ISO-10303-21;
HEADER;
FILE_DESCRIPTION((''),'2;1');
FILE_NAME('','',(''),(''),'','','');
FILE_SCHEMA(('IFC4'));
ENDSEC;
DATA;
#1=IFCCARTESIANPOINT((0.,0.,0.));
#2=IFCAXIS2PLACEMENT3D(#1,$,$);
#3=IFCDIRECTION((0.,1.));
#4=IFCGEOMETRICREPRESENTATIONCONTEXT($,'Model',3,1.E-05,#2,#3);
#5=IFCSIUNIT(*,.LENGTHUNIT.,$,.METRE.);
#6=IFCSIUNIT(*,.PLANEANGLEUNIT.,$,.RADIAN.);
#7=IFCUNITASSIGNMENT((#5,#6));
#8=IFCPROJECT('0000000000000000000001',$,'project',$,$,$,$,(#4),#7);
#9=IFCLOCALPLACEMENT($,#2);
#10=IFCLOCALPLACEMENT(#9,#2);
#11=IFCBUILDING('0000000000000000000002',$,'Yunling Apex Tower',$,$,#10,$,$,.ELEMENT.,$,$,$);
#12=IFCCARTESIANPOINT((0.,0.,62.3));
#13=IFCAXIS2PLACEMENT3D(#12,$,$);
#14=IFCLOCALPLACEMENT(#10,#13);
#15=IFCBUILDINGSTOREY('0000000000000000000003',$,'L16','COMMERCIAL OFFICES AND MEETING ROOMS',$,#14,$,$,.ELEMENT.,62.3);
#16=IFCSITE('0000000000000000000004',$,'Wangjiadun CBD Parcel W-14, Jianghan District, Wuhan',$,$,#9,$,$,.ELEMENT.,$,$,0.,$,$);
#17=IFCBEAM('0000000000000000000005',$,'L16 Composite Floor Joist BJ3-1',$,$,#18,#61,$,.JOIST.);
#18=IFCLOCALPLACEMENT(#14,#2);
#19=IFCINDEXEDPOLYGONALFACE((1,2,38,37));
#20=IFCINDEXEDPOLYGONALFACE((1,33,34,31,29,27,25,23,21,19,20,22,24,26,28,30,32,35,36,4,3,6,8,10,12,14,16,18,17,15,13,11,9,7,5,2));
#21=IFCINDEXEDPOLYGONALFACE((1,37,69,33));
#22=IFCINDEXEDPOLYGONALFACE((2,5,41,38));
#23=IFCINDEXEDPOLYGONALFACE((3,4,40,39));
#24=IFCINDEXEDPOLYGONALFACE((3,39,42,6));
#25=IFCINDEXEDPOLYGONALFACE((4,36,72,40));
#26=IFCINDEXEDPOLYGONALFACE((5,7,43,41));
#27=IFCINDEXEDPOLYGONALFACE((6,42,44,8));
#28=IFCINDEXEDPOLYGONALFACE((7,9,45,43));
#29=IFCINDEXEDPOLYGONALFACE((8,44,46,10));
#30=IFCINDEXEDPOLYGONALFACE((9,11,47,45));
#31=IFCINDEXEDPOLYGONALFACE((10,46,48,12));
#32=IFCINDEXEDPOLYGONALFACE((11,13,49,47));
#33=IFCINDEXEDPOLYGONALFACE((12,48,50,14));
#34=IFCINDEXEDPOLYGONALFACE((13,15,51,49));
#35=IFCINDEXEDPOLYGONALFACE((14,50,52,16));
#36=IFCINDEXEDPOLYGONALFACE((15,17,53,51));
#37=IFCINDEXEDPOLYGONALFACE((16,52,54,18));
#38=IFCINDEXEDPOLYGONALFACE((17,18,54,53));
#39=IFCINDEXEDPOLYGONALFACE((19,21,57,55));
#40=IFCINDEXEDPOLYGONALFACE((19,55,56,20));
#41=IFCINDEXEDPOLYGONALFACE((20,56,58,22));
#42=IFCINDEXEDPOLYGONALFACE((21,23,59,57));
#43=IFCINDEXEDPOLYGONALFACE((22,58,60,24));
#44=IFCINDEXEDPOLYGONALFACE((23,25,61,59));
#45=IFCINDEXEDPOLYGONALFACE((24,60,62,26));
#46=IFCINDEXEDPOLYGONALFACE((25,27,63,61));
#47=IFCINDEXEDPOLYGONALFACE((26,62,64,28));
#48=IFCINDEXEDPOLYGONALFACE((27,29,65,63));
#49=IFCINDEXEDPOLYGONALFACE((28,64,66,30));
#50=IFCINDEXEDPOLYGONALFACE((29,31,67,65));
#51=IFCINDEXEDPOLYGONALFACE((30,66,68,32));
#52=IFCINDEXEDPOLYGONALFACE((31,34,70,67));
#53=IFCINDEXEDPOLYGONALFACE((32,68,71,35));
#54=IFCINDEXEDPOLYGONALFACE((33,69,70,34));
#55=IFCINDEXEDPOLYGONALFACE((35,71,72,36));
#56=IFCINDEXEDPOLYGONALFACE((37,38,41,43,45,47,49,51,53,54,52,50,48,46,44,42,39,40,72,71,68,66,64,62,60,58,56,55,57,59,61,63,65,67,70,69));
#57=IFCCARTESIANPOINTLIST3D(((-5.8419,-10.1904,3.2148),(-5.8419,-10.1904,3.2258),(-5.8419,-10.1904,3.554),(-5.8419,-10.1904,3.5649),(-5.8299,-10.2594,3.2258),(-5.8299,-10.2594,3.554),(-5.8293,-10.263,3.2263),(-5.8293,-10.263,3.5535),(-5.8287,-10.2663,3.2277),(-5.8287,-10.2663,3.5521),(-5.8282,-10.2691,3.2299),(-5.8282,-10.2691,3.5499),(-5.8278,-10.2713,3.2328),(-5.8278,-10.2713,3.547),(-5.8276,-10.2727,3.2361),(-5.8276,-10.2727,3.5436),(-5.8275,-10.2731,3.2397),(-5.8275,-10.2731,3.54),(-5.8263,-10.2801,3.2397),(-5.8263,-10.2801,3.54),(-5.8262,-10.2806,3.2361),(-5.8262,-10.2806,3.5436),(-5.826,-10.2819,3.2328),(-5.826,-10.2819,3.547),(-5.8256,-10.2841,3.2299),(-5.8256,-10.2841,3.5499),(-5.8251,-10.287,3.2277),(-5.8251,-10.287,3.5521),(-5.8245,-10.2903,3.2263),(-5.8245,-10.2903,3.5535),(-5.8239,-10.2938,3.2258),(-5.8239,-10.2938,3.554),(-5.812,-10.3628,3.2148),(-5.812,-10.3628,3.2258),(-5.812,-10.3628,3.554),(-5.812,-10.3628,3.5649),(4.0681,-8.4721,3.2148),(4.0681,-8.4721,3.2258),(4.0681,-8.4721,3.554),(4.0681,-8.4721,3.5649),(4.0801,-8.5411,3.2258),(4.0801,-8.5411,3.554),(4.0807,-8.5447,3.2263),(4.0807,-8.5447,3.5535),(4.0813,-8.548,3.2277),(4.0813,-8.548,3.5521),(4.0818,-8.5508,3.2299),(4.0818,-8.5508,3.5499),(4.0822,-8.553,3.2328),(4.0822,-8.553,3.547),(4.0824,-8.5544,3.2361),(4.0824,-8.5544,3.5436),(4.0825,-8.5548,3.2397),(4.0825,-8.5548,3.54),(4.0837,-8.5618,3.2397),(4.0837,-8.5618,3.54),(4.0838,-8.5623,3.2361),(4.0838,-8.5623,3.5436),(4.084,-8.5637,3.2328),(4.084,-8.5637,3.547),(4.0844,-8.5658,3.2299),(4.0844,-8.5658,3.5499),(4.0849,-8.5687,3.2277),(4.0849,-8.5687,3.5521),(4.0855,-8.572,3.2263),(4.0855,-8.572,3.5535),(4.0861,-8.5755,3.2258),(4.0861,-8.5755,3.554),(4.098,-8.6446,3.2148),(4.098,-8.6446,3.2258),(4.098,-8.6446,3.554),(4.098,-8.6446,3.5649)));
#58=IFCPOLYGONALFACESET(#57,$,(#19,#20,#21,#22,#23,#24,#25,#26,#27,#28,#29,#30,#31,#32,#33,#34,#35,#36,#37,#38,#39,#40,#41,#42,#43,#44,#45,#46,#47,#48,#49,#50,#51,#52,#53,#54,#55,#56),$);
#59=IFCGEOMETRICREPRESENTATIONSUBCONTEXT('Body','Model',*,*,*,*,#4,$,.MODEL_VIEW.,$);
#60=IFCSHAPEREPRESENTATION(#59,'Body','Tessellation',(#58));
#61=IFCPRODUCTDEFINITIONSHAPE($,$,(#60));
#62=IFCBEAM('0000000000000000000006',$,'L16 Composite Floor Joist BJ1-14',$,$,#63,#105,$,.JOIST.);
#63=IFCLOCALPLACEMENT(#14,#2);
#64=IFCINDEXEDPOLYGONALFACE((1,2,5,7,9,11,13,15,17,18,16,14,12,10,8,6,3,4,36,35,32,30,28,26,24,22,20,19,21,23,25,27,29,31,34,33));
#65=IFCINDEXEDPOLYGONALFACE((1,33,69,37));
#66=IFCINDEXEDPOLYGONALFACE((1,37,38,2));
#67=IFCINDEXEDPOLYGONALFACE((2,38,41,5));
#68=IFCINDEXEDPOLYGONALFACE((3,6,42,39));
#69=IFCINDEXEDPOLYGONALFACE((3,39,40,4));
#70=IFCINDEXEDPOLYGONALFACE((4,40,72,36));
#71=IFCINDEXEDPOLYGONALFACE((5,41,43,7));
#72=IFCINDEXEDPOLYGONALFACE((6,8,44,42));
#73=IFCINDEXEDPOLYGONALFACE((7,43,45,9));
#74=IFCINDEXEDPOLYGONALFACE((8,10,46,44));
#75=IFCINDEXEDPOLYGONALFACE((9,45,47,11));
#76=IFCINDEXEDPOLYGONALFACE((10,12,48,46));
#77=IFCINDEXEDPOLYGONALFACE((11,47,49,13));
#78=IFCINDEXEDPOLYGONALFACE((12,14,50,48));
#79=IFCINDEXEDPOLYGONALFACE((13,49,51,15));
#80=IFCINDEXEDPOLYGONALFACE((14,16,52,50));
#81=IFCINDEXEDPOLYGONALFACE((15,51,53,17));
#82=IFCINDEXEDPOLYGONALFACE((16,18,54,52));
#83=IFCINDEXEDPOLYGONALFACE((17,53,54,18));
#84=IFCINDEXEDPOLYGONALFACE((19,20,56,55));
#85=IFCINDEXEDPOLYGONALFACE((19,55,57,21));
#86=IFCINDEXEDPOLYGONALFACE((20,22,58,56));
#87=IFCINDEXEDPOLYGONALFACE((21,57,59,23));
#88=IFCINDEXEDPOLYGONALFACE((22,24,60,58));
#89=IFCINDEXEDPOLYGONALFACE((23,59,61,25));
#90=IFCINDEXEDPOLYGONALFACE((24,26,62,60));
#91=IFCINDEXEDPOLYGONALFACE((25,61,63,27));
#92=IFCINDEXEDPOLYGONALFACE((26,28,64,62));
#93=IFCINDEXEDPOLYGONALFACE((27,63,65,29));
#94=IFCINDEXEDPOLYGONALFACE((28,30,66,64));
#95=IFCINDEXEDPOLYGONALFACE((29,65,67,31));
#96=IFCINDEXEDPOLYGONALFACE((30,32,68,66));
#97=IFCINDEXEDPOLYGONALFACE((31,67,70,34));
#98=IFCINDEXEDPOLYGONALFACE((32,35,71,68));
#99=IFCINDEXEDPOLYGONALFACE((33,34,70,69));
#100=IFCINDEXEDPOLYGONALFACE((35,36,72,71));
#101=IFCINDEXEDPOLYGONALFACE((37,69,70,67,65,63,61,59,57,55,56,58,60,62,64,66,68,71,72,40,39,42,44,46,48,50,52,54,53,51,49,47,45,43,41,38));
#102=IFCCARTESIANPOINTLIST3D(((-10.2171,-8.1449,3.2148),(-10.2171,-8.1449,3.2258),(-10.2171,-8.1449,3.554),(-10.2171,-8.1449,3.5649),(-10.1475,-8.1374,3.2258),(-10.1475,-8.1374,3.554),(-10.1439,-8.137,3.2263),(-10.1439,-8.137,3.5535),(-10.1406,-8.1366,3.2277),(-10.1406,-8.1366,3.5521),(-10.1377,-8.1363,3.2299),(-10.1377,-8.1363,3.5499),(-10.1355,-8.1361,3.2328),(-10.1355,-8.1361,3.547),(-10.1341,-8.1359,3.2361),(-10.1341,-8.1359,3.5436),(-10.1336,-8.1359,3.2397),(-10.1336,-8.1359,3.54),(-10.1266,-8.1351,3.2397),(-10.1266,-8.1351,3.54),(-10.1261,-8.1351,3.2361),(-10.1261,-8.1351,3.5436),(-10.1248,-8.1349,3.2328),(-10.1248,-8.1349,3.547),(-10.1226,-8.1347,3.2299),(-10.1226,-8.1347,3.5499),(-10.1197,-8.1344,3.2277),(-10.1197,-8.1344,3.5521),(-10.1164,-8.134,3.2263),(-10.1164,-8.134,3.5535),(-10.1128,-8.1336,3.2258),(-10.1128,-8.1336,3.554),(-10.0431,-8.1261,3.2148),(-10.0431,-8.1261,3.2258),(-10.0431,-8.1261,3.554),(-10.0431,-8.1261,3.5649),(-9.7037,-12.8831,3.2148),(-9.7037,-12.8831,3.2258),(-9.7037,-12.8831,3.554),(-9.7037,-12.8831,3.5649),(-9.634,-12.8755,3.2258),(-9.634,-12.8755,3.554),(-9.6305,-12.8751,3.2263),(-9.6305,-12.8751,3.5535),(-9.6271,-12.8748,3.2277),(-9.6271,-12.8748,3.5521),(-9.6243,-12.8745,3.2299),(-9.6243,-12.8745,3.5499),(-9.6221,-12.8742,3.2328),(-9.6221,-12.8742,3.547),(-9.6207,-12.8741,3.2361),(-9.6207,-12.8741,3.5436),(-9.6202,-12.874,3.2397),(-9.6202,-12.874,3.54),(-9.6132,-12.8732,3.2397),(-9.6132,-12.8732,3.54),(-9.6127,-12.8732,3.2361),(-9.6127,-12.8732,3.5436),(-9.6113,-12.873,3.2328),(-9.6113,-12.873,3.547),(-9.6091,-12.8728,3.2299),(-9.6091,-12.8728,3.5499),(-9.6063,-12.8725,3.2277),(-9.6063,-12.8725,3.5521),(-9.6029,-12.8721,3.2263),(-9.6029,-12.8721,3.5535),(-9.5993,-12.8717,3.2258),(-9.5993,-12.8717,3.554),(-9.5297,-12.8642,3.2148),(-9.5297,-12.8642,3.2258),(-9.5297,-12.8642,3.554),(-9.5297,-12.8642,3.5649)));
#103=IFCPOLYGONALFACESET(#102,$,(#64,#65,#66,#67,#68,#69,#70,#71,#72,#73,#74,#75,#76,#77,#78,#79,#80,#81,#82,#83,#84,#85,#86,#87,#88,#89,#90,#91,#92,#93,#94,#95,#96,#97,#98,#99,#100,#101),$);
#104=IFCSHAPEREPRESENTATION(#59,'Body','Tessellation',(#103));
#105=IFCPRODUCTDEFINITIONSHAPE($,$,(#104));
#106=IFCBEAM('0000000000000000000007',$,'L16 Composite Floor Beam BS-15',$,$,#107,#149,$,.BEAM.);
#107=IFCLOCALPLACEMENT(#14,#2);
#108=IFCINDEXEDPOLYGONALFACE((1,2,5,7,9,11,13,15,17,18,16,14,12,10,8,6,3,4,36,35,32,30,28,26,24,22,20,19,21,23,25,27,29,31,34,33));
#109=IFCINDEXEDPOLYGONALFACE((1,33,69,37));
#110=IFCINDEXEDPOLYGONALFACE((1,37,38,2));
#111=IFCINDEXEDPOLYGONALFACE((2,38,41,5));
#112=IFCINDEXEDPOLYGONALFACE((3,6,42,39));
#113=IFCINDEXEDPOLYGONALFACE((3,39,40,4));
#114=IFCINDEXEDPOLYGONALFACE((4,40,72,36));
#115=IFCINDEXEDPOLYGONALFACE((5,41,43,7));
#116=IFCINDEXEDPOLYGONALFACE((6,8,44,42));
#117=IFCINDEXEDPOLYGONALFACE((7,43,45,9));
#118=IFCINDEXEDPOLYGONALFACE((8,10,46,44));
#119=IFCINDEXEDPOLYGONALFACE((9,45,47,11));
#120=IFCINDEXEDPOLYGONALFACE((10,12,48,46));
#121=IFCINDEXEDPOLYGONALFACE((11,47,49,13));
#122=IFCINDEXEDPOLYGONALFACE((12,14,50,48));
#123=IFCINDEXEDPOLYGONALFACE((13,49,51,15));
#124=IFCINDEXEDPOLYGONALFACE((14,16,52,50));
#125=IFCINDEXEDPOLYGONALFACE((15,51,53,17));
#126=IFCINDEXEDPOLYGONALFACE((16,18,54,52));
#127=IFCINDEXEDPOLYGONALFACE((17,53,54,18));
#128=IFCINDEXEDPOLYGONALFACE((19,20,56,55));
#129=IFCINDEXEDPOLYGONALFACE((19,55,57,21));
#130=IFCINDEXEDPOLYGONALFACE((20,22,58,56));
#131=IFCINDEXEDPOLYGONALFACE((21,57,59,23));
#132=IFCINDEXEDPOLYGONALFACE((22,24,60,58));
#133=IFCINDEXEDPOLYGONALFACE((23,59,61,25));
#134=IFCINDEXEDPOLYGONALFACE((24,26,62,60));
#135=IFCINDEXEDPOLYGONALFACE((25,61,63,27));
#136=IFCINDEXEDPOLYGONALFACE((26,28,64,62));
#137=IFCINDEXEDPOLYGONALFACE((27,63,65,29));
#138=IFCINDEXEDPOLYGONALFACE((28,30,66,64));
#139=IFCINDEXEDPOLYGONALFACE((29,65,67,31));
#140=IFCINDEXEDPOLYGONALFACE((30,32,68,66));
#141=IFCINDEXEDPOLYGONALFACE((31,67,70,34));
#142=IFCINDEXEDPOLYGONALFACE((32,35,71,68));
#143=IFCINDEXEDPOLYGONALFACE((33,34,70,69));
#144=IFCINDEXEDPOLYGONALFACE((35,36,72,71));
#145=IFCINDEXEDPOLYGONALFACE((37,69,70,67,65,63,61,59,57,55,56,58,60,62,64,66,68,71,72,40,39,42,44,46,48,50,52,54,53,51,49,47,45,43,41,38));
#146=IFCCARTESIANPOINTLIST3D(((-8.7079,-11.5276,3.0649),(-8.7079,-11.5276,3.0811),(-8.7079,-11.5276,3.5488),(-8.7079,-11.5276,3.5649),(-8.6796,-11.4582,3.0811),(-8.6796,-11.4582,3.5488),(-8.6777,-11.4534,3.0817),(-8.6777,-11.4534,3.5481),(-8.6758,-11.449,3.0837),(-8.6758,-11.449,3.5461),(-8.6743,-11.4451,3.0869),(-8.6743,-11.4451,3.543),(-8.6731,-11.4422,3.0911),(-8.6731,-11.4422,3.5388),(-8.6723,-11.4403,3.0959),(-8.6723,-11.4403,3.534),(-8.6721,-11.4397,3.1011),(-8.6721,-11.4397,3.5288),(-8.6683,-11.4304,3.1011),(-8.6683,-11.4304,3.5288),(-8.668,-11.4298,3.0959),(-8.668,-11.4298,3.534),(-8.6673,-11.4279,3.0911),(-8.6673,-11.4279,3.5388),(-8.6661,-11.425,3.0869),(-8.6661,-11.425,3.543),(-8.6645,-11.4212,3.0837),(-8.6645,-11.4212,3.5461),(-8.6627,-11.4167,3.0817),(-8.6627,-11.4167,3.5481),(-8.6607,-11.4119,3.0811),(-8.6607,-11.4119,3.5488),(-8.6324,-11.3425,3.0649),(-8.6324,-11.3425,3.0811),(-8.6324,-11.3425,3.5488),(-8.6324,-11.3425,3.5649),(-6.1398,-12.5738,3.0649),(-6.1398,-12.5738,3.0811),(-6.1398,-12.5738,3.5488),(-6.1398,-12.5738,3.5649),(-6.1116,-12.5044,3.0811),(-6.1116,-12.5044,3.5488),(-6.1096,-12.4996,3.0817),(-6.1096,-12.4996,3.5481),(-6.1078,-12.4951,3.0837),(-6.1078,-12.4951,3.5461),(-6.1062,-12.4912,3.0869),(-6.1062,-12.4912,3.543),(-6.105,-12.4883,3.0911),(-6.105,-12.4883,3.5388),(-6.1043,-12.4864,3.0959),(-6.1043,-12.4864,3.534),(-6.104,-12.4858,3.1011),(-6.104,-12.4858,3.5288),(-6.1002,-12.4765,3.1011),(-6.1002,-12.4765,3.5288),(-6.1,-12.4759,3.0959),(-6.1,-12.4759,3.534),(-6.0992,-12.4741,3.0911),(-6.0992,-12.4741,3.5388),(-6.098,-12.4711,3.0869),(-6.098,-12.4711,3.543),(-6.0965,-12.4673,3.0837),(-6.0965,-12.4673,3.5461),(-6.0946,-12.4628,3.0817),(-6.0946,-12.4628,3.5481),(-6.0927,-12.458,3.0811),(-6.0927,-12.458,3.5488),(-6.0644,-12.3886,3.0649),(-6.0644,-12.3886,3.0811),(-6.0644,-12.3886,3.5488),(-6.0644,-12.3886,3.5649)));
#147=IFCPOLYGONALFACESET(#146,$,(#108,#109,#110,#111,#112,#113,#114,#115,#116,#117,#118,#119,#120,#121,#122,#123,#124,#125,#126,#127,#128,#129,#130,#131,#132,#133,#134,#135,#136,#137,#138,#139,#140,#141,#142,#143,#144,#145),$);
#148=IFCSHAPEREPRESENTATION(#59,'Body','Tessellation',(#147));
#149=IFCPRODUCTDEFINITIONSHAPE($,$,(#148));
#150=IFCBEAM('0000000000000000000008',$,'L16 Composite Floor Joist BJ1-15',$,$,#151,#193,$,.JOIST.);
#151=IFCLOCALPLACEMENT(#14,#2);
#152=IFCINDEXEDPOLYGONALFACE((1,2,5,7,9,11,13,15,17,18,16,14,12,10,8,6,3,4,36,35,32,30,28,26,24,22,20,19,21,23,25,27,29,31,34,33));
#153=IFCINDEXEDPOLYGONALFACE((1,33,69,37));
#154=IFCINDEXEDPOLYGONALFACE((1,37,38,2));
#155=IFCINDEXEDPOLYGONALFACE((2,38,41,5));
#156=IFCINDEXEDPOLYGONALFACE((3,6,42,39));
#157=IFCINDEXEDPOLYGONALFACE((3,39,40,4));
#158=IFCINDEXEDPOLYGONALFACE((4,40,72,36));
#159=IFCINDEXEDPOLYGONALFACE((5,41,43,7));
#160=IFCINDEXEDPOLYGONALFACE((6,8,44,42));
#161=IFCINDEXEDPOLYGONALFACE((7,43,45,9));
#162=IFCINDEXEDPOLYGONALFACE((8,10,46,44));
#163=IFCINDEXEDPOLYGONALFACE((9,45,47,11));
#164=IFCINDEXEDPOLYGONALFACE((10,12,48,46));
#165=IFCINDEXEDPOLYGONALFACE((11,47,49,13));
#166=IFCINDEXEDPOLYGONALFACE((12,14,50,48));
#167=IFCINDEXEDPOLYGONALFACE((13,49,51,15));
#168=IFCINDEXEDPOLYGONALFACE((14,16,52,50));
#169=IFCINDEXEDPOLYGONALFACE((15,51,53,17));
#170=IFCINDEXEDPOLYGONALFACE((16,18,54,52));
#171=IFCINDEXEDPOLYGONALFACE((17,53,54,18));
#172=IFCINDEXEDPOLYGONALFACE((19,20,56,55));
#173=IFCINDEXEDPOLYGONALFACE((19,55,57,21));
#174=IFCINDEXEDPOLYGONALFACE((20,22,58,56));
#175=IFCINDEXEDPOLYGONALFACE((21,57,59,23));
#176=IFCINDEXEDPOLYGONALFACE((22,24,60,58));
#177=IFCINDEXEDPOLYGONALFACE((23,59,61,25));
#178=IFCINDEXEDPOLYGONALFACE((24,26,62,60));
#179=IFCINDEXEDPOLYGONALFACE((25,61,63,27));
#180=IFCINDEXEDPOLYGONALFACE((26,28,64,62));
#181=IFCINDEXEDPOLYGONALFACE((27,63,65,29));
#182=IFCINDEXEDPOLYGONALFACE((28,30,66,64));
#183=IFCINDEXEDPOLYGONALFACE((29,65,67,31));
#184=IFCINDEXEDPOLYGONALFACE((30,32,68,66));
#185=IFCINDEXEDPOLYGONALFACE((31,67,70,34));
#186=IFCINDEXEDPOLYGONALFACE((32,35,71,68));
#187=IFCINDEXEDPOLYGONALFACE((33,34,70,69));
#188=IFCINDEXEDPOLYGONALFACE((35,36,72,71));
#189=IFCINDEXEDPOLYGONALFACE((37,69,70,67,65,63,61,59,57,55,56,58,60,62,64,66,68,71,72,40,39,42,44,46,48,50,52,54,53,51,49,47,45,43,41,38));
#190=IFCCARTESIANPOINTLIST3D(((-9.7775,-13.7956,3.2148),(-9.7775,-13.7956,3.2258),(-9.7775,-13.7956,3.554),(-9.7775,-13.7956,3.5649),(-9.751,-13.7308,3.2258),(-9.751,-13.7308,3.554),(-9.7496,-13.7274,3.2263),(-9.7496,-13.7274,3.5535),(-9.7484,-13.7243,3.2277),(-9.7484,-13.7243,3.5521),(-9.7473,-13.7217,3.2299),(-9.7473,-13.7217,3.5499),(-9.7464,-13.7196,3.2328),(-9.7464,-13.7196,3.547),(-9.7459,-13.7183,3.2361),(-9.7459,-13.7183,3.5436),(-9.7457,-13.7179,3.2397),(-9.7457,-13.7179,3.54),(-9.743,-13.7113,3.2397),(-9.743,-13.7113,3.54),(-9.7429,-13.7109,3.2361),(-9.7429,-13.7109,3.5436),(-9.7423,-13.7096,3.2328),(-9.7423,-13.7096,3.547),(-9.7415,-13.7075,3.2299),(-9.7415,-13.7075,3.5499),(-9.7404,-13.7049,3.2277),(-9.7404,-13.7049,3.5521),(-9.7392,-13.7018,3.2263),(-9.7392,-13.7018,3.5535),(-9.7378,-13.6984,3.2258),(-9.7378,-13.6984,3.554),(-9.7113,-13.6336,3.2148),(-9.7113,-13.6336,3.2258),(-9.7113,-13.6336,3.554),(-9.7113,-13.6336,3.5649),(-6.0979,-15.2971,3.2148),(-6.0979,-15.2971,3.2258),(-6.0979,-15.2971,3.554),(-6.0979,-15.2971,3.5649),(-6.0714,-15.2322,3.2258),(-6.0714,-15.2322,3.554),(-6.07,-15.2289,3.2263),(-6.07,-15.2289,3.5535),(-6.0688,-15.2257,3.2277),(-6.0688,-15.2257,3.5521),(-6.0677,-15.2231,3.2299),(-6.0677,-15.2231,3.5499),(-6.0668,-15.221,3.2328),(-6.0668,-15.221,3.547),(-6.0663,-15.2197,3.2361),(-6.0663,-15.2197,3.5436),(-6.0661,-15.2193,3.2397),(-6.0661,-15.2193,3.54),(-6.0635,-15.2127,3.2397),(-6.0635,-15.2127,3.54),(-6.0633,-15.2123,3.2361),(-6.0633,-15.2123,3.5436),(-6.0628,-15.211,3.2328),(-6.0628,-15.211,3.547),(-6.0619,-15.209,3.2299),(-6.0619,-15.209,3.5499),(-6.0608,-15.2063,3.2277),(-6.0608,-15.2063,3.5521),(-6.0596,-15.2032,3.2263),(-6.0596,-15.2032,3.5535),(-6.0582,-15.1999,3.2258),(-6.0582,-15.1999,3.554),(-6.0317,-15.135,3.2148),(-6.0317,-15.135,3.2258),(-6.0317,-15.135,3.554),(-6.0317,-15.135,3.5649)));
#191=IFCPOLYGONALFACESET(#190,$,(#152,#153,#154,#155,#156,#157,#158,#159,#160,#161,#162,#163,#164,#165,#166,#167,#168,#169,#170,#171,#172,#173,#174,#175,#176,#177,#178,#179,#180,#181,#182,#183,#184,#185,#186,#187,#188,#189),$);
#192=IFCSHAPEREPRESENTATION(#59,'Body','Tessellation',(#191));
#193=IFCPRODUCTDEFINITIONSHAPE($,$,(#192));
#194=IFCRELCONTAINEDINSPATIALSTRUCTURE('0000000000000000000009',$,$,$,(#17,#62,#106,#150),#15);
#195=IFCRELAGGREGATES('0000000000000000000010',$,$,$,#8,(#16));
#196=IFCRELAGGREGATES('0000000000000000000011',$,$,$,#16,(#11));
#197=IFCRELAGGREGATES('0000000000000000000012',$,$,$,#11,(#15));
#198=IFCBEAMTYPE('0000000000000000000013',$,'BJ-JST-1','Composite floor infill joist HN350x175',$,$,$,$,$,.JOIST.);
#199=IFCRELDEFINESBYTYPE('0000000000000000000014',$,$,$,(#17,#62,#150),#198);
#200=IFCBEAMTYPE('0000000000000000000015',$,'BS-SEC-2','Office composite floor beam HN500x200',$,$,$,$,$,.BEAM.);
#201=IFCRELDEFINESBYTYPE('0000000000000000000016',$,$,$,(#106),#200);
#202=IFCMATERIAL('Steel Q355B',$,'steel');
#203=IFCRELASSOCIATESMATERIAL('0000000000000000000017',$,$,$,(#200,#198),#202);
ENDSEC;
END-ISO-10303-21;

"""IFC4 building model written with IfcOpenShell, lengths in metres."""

from ifc_helpers import new_model, si_unit, direction, frame, origin, origin_2d, place, context, subcontext, project, spatial, i_section, extrude, source, transform, mapped, material, material_profile, profile_set, type_object, element, save


model = new_model("IFC4")

# Units and contexts
model_context = context("Model", 3, precision=1e-05, world=origin(), true_north=direction((0.0, 1.0)))
body_context = subcontext(model_context, "Body", "Model", "MODEL_VIEW")
ifc_project = project(units=[si_unit("LENGTHUNIT", "METRE"), si_unit("PLANEANGLEUNIT", "RADIAN")], contexts=[model_context])

# Site, building, storey
site_placement = place(None, origin())
site = spatial("IfcSite", under=ifc_project, at=site_placement, Name="Wangjiadun CBD Parcel W-14, Jianghan District, Wuhan", CompositionType="ELEMENT", RefElevation=0.0)
building_placement = place(site_placement, origin())
building = spatial("IfcBuilding", under=site, at=building_placement, Name="Yunling Apex Tower", CompositionType="ELEMENT")
storey_placement = place(building_placement, frame((0.0, 0.0, 62.3)))
storey = spatial("IfcBuildingStorey", under=building, at=storey_placement, Name="L16", Description="COMMERCIAL OFFICES AND MEETING ROOMS", CompositionType="ELEMENT", Elevation=62.3)

# Beams
ifc_material_1 = material(Name="Steel Q355B", Category="steel")
ifc_material_profile_1 = material_profile(ifc_material_1, i_section(OverallWidth=0.2, OverallDepth=0.5, WebThickness=0.01, FlangeThickness=0.0161, FilletRadius=0.02, at=origin_2d()))
ifc_profile_set_1 = profile_set([ifc_material_profile_1], Name="Steel Q355B")
beam_type_1 = type_object("IfcBeamType", Name="BS-SEC-2", Description="Office composite floor beam HN500x200", PredefinedType="BEAM", material=ifc_profile_set_1)
ifc_material_profile_2 = material_profile(ifc_material_1, i_section(OverallWidth=0.175, OverallDepth=0.3501, WebThickness=0.0071, FlangeThickness=0.011, FilletRadius=0.0139, at=origin_2d()))
ifc_profile_set_2 = profile_set([ifc_material_profile_2], Name="Steel Q355B")
beam_type_2 = type_object("IfcBeamType", Name="BJ-JST-1", Description="Composite floor infill joist HN350x175", PredefinedType="JOIST", material=ifc_profile_set_2)
shared_shape_1 = source(origin(), body_context, "Body", "SweptSolid", [
    extrude(i_section(OverallWidth=0.175, OverallDepth=0.3501, WebThickness=0.0071, FlangeThickness=0.011, FilletRadius=0.0139, at=origin_2d()), origin(), (0.0, 0.0, 1.0), 10.0579),
])
beam_1_placement = place(storey_placement, frame((-5.8269, -10.2766, 3.3899), z_axis=(0.985299, 0.170839, 0.0), x_axis=(-0.170839, 0.985299, 0.0)))
element("IfcBeam", 1, at=beam_1_placement, inside=storey, type_object=beam_type_2, Name="L16 Composite Floor Joist BJ3-1", PredefinedType="JOIST", context=body_context, shape_type="MappedRepresentation", body=[
    mapped(shared_shape_1, transform((0.0, 0.0, 0.0), scale=1.0)),
])
shared_shape_2 = source(origin(), body_context, "Body", "SweptSolid", [
    extrude(i_section(OverallWidth=0.175, OverallDepth=0.3501, WebThickness=0.0071, FlangeThickness=0.011, FilletRadius=0.0139, at=origin_2d()), origin(), (0.0, 0.0, 1.0), 4.7659),
])
beam_2_placement = place(storey_placement, frame((-10.1301, -8.1355, 3.3899), z_axis=(0.107732, -0.99418, 0.0), x_axis=(0.99418, 0.107732, 0.0)))
element("IfcBeam", 2, at=beam_2_placement, inside=storey, type_object=beam_type_2, Name="L16 Composite Floor Joist BJ1-14", PredefinedType="JOIST", context=body_context, shape_type="MappedRepresentation", body=[
    mapped(shared_shape_2, transform((0.0, 0.0, 0.0), scale=1.0)),
])
shared_shape_3 = source(origin(), body_context, "Body", "SweptSolid", [
    extrude(i_section(OverallWidth=0.2, OverallDepth=0.5, WebThickness=0.01, FlangeThickness=0.0161, FilletRadius=0.02, at=origin_2d()), origin(), (0.0, 0.0, 1.0), 2.7729),
])
beam_3_placement = place(storey_placement, frame((-8.6702, -11.4351, 3.3149), z_axis=(0.926108, -0.377258, 0.0), x_axis=(0.377258, 0.926108, 0.0)))
element("IfcBeam", 3, at=beam_3_placement, inside=storey, type_object=beam_type_1, Name="L16 Composite Floor Beam BS-15", PredefinedType="BEAM", context=body_context, shape_type="MappedRepresentation", body=[
    mapped(shared_shape_3, transform((0.0, 0.0, 0.0), scale=1.0)),
])
shared_shape_4 = source(origin(), body_context, "Body", "SweptSolid", [
    extrude(i_section(OverallWidth=0.175, OverallDepth=0.3501, WebThickness=0.0071, FlangeThickness=0.011, FilletRadius=0.0139, at=origin_2d()), origin(), (0.0, 0.0, 1.0), 3.9741),
])
beam_4_placement = place(storey_placement, frame((-9.7444, -13.7146, 3.3899), z_axis=(0.925887, -0.3778, 0.0), x_axis=(0.3778, 0.925887, 0.0)))
element("IfcBeam", 4, at=beam_4_placement, inside=storey, type_object=beam_type_2, Name="L16 Composite Floor Joist BJ1-15", PredefinedType="JOIST", context=body_context, shape_type="MappedRepresentation", body=[
    mapped(shared_shape_4, transform((0.0, 0.0, 0.0), scale=1.0)),
])

save(model, "model.ifc")
